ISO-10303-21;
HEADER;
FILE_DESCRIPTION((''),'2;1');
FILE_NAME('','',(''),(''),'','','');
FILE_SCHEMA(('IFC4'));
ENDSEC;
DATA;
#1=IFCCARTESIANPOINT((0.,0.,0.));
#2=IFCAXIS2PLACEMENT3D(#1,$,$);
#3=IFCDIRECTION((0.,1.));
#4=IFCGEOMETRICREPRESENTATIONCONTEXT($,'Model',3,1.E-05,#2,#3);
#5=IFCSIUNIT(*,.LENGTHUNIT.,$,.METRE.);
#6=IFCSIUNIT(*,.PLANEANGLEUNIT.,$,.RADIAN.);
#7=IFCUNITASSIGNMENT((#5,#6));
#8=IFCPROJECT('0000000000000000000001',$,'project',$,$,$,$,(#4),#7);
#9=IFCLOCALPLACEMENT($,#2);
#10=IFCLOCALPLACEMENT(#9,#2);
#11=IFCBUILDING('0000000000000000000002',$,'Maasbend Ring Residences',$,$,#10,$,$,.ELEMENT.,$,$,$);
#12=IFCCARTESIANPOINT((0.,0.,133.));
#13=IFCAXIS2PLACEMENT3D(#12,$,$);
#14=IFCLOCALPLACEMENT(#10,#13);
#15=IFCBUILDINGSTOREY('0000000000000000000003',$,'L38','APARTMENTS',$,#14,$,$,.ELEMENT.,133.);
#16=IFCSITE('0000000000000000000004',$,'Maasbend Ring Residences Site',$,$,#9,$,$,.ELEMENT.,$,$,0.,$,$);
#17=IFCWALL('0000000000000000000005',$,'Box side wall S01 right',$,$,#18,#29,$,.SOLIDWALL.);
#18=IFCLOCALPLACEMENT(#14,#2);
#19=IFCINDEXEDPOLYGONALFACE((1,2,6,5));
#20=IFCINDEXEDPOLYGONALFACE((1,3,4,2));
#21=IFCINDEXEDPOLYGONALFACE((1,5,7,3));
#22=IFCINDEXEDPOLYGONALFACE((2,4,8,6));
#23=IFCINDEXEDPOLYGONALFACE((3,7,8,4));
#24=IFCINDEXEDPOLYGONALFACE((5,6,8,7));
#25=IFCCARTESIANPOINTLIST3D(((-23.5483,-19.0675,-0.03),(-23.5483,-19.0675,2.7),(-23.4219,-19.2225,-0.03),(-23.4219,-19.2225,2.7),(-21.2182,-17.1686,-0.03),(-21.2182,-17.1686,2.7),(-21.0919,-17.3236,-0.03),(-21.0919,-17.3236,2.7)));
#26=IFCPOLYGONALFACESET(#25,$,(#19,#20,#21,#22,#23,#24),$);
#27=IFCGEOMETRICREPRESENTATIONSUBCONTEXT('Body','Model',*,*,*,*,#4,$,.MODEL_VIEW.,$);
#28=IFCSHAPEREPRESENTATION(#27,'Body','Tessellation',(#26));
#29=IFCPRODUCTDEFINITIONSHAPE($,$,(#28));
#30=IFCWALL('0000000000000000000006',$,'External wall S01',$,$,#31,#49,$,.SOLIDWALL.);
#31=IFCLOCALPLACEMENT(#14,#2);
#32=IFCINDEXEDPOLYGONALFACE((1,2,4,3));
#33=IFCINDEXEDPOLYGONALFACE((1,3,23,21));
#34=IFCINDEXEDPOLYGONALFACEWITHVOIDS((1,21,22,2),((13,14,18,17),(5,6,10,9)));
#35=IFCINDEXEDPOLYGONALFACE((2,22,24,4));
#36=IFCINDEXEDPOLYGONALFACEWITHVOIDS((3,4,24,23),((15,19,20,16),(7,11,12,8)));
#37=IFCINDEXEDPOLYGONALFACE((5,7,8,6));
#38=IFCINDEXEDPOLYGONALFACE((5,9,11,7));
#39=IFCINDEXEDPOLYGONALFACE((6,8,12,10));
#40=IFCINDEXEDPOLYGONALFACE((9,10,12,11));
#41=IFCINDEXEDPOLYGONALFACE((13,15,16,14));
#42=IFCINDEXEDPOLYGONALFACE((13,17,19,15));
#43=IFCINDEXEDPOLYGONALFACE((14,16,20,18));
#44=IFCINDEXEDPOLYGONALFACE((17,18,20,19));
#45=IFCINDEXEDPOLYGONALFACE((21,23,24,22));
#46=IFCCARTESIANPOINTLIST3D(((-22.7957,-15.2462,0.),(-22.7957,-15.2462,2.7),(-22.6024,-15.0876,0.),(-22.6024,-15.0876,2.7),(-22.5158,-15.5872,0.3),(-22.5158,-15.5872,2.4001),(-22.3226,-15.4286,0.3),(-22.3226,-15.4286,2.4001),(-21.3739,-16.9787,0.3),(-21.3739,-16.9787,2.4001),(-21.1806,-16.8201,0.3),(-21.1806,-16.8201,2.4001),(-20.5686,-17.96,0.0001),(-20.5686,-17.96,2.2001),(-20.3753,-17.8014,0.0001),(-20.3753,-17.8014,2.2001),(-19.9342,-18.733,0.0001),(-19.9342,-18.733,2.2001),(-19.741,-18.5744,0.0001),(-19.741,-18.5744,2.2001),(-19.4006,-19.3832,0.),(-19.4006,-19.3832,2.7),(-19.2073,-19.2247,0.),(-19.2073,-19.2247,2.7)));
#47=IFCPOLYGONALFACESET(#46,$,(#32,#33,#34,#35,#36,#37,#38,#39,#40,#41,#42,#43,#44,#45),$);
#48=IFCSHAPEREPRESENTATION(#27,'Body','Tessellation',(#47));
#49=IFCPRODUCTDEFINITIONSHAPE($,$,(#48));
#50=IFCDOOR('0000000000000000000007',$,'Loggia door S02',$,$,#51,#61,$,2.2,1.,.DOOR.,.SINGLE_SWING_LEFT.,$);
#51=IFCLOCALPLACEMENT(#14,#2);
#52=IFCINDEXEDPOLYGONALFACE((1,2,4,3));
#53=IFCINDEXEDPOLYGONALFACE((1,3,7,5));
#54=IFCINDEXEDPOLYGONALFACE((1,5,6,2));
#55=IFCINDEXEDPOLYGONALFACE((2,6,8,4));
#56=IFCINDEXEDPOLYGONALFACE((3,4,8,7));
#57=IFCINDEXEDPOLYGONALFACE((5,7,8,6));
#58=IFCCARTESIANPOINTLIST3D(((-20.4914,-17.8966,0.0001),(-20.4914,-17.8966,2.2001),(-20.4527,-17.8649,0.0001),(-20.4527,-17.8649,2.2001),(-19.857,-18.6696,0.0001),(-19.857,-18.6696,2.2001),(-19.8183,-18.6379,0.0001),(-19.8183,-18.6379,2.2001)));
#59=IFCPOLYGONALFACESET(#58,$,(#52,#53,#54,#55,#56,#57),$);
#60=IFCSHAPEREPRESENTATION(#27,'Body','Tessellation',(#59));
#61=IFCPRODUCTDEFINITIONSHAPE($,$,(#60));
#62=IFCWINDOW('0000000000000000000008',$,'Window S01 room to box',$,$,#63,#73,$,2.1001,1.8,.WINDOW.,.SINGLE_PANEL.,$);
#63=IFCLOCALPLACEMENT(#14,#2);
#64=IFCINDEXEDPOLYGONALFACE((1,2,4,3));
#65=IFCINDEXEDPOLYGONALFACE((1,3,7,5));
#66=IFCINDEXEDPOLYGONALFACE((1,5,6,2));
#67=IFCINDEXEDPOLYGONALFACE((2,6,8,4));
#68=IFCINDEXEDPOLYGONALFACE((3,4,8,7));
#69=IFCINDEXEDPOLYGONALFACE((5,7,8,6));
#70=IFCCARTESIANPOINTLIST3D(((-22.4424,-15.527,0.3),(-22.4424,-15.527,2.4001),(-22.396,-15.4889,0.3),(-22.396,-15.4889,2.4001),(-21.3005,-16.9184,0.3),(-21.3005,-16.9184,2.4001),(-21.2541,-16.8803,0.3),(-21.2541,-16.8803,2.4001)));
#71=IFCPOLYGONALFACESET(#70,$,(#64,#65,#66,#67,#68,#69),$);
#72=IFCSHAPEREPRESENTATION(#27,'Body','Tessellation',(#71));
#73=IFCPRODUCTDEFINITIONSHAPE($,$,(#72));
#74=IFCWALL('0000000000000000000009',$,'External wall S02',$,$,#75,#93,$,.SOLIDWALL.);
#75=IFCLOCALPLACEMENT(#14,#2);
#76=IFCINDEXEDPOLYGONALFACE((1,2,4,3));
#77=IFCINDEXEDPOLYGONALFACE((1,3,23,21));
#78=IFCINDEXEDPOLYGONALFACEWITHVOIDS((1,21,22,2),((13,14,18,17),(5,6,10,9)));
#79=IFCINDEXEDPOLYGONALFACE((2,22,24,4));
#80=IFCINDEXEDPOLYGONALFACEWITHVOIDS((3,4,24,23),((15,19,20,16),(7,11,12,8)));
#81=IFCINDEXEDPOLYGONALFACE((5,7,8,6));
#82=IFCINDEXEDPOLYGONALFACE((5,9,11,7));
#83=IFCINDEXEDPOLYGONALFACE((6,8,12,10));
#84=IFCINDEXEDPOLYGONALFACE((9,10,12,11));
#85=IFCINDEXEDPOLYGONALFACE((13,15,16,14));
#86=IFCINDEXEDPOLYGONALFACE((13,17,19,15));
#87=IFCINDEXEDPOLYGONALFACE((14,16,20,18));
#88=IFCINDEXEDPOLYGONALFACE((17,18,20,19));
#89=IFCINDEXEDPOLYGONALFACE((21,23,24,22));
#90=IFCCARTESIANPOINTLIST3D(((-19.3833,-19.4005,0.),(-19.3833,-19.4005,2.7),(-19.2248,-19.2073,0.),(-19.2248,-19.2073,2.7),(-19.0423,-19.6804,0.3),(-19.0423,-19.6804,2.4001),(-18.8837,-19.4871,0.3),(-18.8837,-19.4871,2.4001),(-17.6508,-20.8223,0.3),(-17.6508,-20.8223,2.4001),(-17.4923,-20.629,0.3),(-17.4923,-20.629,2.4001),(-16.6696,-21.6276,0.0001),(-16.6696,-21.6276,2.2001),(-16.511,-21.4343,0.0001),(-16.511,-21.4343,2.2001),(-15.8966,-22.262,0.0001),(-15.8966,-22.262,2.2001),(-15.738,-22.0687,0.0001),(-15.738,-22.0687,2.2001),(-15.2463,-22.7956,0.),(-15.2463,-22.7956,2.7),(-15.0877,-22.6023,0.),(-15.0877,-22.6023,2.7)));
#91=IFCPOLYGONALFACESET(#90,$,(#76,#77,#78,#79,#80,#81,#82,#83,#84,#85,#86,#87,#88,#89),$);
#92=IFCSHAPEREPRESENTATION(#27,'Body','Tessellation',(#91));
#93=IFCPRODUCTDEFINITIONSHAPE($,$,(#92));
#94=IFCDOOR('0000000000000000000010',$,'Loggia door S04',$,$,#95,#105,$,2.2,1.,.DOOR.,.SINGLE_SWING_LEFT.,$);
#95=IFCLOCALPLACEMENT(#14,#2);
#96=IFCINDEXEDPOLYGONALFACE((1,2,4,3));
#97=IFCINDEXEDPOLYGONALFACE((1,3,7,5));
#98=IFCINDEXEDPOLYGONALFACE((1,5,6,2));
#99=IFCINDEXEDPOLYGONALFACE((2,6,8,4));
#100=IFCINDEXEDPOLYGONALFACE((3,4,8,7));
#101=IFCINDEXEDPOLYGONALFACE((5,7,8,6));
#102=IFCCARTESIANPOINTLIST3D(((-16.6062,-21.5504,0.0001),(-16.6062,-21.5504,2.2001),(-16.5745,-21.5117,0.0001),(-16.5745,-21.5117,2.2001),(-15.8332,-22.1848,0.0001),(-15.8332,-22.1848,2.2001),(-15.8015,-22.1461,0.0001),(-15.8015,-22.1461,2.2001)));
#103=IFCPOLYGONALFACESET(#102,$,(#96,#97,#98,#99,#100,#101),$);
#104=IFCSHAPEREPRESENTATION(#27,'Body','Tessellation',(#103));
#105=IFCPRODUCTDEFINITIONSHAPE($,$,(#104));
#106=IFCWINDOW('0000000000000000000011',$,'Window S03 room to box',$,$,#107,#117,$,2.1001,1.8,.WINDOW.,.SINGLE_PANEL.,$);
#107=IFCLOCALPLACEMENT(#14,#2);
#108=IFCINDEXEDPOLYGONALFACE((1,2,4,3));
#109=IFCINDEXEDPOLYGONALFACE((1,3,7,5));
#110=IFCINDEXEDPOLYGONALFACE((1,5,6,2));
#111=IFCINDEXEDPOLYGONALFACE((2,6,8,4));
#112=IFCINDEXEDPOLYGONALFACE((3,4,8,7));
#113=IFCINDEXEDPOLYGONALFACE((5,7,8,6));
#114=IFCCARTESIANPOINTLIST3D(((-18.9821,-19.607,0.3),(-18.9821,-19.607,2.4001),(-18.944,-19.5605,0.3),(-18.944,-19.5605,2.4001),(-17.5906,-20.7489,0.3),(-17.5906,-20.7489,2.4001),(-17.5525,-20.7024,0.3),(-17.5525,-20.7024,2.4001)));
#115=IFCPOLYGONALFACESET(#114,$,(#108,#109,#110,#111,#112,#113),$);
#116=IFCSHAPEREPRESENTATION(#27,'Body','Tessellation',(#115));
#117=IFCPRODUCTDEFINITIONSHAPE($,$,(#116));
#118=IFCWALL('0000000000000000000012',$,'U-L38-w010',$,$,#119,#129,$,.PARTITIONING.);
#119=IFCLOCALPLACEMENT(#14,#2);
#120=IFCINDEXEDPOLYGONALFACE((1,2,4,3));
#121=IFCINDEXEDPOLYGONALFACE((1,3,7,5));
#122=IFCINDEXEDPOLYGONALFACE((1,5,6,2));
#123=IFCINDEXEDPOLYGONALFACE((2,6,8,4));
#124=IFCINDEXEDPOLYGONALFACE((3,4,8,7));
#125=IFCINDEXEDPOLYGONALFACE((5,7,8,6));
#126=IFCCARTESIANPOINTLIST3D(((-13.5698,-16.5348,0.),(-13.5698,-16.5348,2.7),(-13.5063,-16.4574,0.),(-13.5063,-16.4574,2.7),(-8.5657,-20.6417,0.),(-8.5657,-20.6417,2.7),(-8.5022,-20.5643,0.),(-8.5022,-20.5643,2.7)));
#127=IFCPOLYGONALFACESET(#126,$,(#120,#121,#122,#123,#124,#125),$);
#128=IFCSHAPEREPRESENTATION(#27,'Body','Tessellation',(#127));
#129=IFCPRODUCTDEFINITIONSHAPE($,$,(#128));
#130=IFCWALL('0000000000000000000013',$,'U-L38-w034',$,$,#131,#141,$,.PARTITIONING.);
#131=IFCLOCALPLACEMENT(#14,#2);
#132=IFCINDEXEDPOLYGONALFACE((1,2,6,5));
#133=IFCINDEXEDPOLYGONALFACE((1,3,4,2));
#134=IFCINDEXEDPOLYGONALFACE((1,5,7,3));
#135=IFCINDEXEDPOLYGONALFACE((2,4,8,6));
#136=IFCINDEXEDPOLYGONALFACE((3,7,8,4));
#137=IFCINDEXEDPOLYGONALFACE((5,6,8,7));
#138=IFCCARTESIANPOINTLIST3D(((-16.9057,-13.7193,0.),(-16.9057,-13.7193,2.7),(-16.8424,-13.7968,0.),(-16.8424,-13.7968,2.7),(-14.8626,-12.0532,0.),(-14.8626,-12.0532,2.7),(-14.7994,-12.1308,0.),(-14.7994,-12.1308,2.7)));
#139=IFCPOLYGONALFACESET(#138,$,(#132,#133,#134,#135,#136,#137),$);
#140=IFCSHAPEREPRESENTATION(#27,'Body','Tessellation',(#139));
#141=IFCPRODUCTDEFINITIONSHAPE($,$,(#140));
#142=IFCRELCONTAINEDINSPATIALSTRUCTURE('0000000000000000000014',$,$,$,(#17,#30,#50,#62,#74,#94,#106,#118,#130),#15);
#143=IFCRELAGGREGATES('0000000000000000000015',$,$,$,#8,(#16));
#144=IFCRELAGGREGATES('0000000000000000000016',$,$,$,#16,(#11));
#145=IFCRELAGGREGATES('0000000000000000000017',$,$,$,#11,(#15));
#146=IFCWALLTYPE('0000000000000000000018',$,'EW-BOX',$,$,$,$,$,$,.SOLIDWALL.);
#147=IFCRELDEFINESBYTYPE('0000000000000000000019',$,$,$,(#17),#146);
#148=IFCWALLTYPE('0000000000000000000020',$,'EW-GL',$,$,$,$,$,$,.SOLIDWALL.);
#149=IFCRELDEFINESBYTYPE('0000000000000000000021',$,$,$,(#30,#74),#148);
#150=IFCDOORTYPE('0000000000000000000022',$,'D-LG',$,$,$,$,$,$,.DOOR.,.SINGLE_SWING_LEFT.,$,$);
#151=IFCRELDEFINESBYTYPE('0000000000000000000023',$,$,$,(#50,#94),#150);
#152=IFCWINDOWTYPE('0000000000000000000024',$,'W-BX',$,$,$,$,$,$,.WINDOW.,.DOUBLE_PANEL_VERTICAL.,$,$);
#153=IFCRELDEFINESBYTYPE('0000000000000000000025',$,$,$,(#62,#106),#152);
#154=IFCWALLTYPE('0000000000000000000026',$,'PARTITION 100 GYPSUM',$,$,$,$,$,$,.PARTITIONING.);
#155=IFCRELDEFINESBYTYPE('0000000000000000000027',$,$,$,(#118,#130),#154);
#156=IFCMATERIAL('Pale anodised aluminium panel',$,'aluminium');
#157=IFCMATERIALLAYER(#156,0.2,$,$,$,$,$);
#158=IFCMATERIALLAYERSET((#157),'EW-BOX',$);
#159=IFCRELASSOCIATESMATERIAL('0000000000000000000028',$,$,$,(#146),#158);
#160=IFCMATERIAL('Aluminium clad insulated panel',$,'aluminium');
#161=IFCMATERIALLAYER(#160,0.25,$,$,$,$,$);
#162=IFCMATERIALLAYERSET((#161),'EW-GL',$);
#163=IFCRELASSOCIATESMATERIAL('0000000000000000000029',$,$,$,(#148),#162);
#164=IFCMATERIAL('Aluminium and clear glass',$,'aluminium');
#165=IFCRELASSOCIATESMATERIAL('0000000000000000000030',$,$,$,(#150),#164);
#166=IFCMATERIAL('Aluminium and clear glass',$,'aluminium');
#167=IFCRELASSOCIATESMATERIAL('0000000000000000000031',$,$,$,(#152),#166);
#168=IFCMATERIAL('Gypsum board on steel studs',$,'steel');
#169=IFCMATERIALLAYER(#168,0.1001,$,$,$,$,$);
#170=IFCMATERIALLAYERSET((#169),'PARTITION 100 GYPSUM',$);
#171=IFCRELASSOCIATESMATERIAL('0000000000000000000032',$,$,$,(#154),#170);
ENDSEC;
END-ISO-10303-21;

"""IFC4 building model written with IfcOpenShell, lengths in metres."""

from ifc_helpers import new_model, si_unit, direction, frame, frame_2d, origin, place, context, subcontext, project, spatial, rectangle, extrude, material, layer, layer_set, type_object, element, fill, save


model = new_model("IFC4")

# Units and contexts
model_context = context("Model", 3, precision=1e-05, world=origin(), true_north=direction((0.0, 1.0)))
body_context = subcontext(model_context, "Body", "Model", "MODEL_VIEW")
ifc_project = project(units=[si_unit("LENGTHUNIT", "METRE"), si_unit("PLANEANGLEUNIT", "RADIAN")], contexts=[model_context])

# Site, building, storey
site_placement = place(None, origin())
site = spatial("IfcSite", under=ifc_project, at=site_placement, Name="Maasbend Ring Residences Site", CompositionType="ELEMENT", RefElevation=0.0)
building_placement = place(site_placement, origin())
building = spatial("IfcBuilding", under=site, at=building_placement, Name="Maasbend Ring Residences", CompositionType="ELEMENT")
storey_placement = place(building_placement, frame((0.0, 0.0, 133.0)))
storey = spatial("IfcBuildingStorey", under=building, at=storey_placement, Name="L38", Description="APARTMENTS", CompositionType="ELEMENT", Elevation=133.0)

# Shared definitions
ifc_material_1 = material(Name="Pale anodised aluminium panel", Category="aluminium")
ifc_layer_1 = layer(ifc_material_1, 0.2)
ifc_layer_set_1 = layer_set([ifc_layer_1], Name="EW-BOX")
wall_type_1 = type_object("IfcWallType", Name="EW-BOX", PredefinedType="SOLIDWALL", material=ifc_layer_set_1)

# Wall
wall_1_placement = place(storey_placement, frame((-21.155, -17.2461, -0.03), z_axis=(0.0, 0.0, 1.0), x_axis=(-0.775179, -0.631742, 0.0)))
element("IfcWall", 1, at=wall_1_placement, inside=storey, type_object=wall_type_1, Name="Box side wall S01 right", PredefinedType="SOLIDWALL", context=body_context, shape_type="SweptSolid", body=[
    extrude(rectangle(XDim=3.0059, YDim=0.2, at=frame_2d((1.5029, 0.0))), origin(), (0.0, 0.0, 1.0), 2.73),
])

# Walls, openings, doors, windows
ifc_material_2 = material(Name="Aluminium clad insulated panel", Category="aluminium")
ifc_layer_2 = layer(ifc_material_2, 0.25)
ifc_layer_set_2 = layer_set([ifc_layer_2], Name="EW-GL")
wall_type_2 = type_object("IfcWallType", Name="EW-GL", PredefinedType="SOLIDWALL", material=ifc_layer_set_2)
wall_2_placement = place(storey_placement, frame((-22.699, -15.167, 0.0), z_axis=(0.0, 0.0, 1.0), x_axis=(0.634382, -0.773019, 0.0)))
wall_2 = element("IfcWall", 2, at=wall_2_placement, inside=storey, type_object=wall_type_2, Name="External wall S01", PredefinedType="SOLIDWALL", context=body_context, shape_type="SweptSolid", body=[
    extrude(rectangle(XDim=5.3518, YDim=0.25, at=frame_2d((2.6758, 0.0))), origin(), (0.0, 0.0, 1.0), 2.7),
])
opening_1_placement = place(wall_2_placement, frame((0.4412, 0.0, 0.3)))
opening_1 = element("IfcOpeningElement", 3, at=opening_1_placement, cuts=wall_2, PredefinedType="OPENING", context=body_context, shape_type="SweptSolid", body=[
    extrude(rectangle(XDim=1.8, YDim=2.1001, at=frame_2d((0.8999, 1.05))), frame((0.0, 0.135, 0.0), z_axis=(0.0, -1.0, 0.0), x_axis=(1.0, 0.0, 0.0)), (0.0, 0.0, 1.0), 0.27),
])
opening_2_placement = place(wall_2_placement, frame((3.5105, 0.0, 0.0)))
opening_2 = element("IfcOpeningElement", 4, at=opening_2_placement, cuts=wall_2, PredefinedType="OPENING", context=body_context, shape_type="SweptSolid", body=[
    extrude(rectangle(XDim=1.0, YDim=2.2, at=frame_2d((0.5, 1.1001))), frame((0.0, 0.135, 0.0), z_axis=(0.0, -1.0, 0.0), x_axis=(1.0, 0.0, 0.0)), (0.0, 0.0, 1.0), 0.27),
])
ifc_material_3 = material(Name="Aluminium and clear glass", Category="aluminium")
door_type_1 = type_object("IfcDoorType", Name="D-LG", OperationType="SINGLE_SWING_LEFT", PredefinedType="DOOR", material=ifc_material_3)
door_1_placement = place(opening_2_placement, origin())
door_1 = element("IfcDoor", 5, at=door_1_placement, inside=storey, type_object=door_type_1, Name="Loggia door S02", OperationType="SINGLE_SWING_LEFT", OverallHeight=2.2, OverallWidth=1.0, PredefinedType="DOOR", context=body_context, shape_type="SweptSolid", body=[
    extrude(rectangle(XDim=1.0, YDim=2.2, at=frame_2d((0.5, 1.1001))), frame((0.0, 0.0249, 0.0), z_axis=(0.0, -1.0, 0.0), x_axis=(1.0, 0.0, 0.0)), (0.0, 0.0, 1.0), 0.05),
])
fill(opening_2, door_1)
ifc_material_4 = material(Name="Aluminium and clear glass", Category="aluminium")
window_type_1 = type_object("IfcWindowType", Name="W-BX", PartitioningType="DOUBLE_PANEL_VERTICAL", PredefinedType="WINDOW", material=ifc_material_4)
window_1_placement = place(opening_1_placement, origin())
window_1 = element("IfcWindow", 6, at=window_1_placement, inside=storey, type_object=window_type_1, Name="Window S01 room to box", OverallHeight=2.1001, OverallWidth=1.8, PartitioningType="SINGLE_PANEL", PredefinedType="WINDOW", context=body_context, shape_type="SweptSolid", body=[
    extrude(rectangle(XDim=1.8, YDim=2.1001, at=frame_2d((0.8999, 1.05))), frame((0.0, 0.03, 0.0), z_axis=(0.0, -1.0, 0.0), x_axis=(1.0, 0.0, 0.0)), (0.0, 0.0, 1.0), 0.0601),
])
fill(opening_1, window_1)
wall_3_placement = place(storey_placement, frame((-19.304, -19.304, 0.0), z_axis=(0.0, 0.0, 1.0), x_axis=(0.773019, -0.634382, 0.0)))
wall_3 = element("IfcWall", 7, at=wall_3_placement, inside=storey, type_object=wall_type_2, Name="External wall S02", PredefinedType="SOLIDWALL", context=body_context, shape_type="SweptSolid", body=[
    extrude(rectangle(XDim=5.3518, YDim=0.25, at=frame_2d((2.6758, 0.0))), origin(), (0.0, 0.0, 1.0), 2.7),
])
opening_3_placement = place(wall_3_placement, frame((0.4412, 0.0, 0.3)))
opening_3 = element("IfcOpeningElement", 8, at=opening_3_placement, cuts=wall_3, PredefinedType="OPENING", context=body_context, shape_type="SweptSolid", body=[
    extrude(rectangle(XDim=1.8, YDim=2.1001, at=frame_2d((0.8999, 1.05))), frame((0.0, 0.135, 0.0), z_axis=(0.0, -1.0, 0.0), x_axis=(1.0, 0.0, 0.0)), (0.0, 0.0, 1.0), 0.27),
])
opening_4_placement = place(wall_3_placement, frame((3.5105, 0.0, 0.0)))
opening_4 = element("IfcOpeningElement", 9, at=opening_4_placement, cuts=wall_3, PredefinedType="OPENING", context=body_context, shape_type="SweptSolid", body=[
    extrude(rectangle(XDim=1.0, YDim=2.2, at=frame_2d((0.5, 1.1001))), frame((0.0, 0.135, 0.0), z_axis=(0.0, -1.0, 0.0), x_axis=(1.0, 0.0, 0.0)), (0.0, 0.0, 1.0), 0.27),
])
door_2_placement = place(opening_4_placement, origin())
door_2 = element("IfcDoor", 10, at=door_2_placement, inside=storey, type_object=door_type_1, Name="Loggia door S04", OperationType="SINGLE_SWING_LEFT", OverallHeight=2.2, OverallWidth=1.0, PredefinedType="DOOR", context=body_context, shape_type="SweptSolid", body=[
    extrude(rectangle(XDim=1.0, YDim=2.2, at=frame_2d((0.5, 1.1001))), frame((0.0, 0.0249, 0.0), z_axis=(0.0, -1.0, 0.0), x_axis=(1.0, 0.0, 0.0)), (0.0, 0.0, 1.0), 0.05),
])
fill(opening_4, door_2)
window_2_placement = place(opening_3_placement, origin())
window_2 = element("IfcWindow", 11, at=window_2_placement, inside=storey, type_object=window_type_1, Name="Window S03 room to box", OverallHeight=2.1001, OverallWidth=1.8, PartitioningType="SINGLE_PANEL", PredefinedType="WINDOW", context=body_context, shape_type="SweptSolid", body=[
    extrude(rectangle(XDim=1.8, YDim=2.1001, at=frame_2d((0.8999, 1.05))), frame((0.0, 0.03, 0.0), z_axis=(0.0, -1.0, 0.0), x_axis=(1.0, 0.0, 0.0)), (0.0, 0.0, 1.0), 0.0601),
])
fill(opening_3, window_2)

# Walls
ifc_material_5 = material(Name="Gypsum board on steel studs", Category="steel")
ifc_layer_3 = layer(ifc_material_5, 0.1001)
ifc_layer_set_3 = layer_set([ifc_layer_3], Name="PARTITION 100 GYPSUM")
wall_type_3 = type_object("IfcWallType", Name="PARTITION 100 GYPSUM", PredefinedType="PARTITIONING", material=ifc_layer_set_3)
wall_4_placement = place(storey_placement, frame((-13.5381, -16.4961, 0.0), z_axis=(0.0, 0.0, 1.0), x_axis=(0.773, -0.634406, 0.0)))
element("IfcWall", 12, at=wall_4_placement, inside=storey, type_object=wall_type_3, Name="U-L38-w010", PredefinedType="PARTITIONING", context=body_context, shape_type="SweptSolid", body=[
    extrude(rectangle(XDim=6.4736, YDim=0.1001, at=frame_2d((3.2368, 0.0))), origin(), (0.0, 0.0, 1.0), 2.7),
])
wall_5_placement = place(storey_placement, frame((-16.874, -13.7581, 0.0), z_axis=(0.0, 0.0, 1.0), x_axis=(0.77498, 0.631986, 0.0)))
element("IfcWall", 13, at=wall_5_placement, inside=storey, type_object=wall_type_3, Name="U-L38-w034", PredefinedType="PARTITIONING", context=body_context, shape_type="SweptSolid", body=[
    extrude(rectangle(XDim=2.6362, YDim=0.1001, at=frame_2d((1.3181, 0.0))), origin(), (0.0, 0.0, 1.0), 2.7),
])

save(model, "model.ifc")
